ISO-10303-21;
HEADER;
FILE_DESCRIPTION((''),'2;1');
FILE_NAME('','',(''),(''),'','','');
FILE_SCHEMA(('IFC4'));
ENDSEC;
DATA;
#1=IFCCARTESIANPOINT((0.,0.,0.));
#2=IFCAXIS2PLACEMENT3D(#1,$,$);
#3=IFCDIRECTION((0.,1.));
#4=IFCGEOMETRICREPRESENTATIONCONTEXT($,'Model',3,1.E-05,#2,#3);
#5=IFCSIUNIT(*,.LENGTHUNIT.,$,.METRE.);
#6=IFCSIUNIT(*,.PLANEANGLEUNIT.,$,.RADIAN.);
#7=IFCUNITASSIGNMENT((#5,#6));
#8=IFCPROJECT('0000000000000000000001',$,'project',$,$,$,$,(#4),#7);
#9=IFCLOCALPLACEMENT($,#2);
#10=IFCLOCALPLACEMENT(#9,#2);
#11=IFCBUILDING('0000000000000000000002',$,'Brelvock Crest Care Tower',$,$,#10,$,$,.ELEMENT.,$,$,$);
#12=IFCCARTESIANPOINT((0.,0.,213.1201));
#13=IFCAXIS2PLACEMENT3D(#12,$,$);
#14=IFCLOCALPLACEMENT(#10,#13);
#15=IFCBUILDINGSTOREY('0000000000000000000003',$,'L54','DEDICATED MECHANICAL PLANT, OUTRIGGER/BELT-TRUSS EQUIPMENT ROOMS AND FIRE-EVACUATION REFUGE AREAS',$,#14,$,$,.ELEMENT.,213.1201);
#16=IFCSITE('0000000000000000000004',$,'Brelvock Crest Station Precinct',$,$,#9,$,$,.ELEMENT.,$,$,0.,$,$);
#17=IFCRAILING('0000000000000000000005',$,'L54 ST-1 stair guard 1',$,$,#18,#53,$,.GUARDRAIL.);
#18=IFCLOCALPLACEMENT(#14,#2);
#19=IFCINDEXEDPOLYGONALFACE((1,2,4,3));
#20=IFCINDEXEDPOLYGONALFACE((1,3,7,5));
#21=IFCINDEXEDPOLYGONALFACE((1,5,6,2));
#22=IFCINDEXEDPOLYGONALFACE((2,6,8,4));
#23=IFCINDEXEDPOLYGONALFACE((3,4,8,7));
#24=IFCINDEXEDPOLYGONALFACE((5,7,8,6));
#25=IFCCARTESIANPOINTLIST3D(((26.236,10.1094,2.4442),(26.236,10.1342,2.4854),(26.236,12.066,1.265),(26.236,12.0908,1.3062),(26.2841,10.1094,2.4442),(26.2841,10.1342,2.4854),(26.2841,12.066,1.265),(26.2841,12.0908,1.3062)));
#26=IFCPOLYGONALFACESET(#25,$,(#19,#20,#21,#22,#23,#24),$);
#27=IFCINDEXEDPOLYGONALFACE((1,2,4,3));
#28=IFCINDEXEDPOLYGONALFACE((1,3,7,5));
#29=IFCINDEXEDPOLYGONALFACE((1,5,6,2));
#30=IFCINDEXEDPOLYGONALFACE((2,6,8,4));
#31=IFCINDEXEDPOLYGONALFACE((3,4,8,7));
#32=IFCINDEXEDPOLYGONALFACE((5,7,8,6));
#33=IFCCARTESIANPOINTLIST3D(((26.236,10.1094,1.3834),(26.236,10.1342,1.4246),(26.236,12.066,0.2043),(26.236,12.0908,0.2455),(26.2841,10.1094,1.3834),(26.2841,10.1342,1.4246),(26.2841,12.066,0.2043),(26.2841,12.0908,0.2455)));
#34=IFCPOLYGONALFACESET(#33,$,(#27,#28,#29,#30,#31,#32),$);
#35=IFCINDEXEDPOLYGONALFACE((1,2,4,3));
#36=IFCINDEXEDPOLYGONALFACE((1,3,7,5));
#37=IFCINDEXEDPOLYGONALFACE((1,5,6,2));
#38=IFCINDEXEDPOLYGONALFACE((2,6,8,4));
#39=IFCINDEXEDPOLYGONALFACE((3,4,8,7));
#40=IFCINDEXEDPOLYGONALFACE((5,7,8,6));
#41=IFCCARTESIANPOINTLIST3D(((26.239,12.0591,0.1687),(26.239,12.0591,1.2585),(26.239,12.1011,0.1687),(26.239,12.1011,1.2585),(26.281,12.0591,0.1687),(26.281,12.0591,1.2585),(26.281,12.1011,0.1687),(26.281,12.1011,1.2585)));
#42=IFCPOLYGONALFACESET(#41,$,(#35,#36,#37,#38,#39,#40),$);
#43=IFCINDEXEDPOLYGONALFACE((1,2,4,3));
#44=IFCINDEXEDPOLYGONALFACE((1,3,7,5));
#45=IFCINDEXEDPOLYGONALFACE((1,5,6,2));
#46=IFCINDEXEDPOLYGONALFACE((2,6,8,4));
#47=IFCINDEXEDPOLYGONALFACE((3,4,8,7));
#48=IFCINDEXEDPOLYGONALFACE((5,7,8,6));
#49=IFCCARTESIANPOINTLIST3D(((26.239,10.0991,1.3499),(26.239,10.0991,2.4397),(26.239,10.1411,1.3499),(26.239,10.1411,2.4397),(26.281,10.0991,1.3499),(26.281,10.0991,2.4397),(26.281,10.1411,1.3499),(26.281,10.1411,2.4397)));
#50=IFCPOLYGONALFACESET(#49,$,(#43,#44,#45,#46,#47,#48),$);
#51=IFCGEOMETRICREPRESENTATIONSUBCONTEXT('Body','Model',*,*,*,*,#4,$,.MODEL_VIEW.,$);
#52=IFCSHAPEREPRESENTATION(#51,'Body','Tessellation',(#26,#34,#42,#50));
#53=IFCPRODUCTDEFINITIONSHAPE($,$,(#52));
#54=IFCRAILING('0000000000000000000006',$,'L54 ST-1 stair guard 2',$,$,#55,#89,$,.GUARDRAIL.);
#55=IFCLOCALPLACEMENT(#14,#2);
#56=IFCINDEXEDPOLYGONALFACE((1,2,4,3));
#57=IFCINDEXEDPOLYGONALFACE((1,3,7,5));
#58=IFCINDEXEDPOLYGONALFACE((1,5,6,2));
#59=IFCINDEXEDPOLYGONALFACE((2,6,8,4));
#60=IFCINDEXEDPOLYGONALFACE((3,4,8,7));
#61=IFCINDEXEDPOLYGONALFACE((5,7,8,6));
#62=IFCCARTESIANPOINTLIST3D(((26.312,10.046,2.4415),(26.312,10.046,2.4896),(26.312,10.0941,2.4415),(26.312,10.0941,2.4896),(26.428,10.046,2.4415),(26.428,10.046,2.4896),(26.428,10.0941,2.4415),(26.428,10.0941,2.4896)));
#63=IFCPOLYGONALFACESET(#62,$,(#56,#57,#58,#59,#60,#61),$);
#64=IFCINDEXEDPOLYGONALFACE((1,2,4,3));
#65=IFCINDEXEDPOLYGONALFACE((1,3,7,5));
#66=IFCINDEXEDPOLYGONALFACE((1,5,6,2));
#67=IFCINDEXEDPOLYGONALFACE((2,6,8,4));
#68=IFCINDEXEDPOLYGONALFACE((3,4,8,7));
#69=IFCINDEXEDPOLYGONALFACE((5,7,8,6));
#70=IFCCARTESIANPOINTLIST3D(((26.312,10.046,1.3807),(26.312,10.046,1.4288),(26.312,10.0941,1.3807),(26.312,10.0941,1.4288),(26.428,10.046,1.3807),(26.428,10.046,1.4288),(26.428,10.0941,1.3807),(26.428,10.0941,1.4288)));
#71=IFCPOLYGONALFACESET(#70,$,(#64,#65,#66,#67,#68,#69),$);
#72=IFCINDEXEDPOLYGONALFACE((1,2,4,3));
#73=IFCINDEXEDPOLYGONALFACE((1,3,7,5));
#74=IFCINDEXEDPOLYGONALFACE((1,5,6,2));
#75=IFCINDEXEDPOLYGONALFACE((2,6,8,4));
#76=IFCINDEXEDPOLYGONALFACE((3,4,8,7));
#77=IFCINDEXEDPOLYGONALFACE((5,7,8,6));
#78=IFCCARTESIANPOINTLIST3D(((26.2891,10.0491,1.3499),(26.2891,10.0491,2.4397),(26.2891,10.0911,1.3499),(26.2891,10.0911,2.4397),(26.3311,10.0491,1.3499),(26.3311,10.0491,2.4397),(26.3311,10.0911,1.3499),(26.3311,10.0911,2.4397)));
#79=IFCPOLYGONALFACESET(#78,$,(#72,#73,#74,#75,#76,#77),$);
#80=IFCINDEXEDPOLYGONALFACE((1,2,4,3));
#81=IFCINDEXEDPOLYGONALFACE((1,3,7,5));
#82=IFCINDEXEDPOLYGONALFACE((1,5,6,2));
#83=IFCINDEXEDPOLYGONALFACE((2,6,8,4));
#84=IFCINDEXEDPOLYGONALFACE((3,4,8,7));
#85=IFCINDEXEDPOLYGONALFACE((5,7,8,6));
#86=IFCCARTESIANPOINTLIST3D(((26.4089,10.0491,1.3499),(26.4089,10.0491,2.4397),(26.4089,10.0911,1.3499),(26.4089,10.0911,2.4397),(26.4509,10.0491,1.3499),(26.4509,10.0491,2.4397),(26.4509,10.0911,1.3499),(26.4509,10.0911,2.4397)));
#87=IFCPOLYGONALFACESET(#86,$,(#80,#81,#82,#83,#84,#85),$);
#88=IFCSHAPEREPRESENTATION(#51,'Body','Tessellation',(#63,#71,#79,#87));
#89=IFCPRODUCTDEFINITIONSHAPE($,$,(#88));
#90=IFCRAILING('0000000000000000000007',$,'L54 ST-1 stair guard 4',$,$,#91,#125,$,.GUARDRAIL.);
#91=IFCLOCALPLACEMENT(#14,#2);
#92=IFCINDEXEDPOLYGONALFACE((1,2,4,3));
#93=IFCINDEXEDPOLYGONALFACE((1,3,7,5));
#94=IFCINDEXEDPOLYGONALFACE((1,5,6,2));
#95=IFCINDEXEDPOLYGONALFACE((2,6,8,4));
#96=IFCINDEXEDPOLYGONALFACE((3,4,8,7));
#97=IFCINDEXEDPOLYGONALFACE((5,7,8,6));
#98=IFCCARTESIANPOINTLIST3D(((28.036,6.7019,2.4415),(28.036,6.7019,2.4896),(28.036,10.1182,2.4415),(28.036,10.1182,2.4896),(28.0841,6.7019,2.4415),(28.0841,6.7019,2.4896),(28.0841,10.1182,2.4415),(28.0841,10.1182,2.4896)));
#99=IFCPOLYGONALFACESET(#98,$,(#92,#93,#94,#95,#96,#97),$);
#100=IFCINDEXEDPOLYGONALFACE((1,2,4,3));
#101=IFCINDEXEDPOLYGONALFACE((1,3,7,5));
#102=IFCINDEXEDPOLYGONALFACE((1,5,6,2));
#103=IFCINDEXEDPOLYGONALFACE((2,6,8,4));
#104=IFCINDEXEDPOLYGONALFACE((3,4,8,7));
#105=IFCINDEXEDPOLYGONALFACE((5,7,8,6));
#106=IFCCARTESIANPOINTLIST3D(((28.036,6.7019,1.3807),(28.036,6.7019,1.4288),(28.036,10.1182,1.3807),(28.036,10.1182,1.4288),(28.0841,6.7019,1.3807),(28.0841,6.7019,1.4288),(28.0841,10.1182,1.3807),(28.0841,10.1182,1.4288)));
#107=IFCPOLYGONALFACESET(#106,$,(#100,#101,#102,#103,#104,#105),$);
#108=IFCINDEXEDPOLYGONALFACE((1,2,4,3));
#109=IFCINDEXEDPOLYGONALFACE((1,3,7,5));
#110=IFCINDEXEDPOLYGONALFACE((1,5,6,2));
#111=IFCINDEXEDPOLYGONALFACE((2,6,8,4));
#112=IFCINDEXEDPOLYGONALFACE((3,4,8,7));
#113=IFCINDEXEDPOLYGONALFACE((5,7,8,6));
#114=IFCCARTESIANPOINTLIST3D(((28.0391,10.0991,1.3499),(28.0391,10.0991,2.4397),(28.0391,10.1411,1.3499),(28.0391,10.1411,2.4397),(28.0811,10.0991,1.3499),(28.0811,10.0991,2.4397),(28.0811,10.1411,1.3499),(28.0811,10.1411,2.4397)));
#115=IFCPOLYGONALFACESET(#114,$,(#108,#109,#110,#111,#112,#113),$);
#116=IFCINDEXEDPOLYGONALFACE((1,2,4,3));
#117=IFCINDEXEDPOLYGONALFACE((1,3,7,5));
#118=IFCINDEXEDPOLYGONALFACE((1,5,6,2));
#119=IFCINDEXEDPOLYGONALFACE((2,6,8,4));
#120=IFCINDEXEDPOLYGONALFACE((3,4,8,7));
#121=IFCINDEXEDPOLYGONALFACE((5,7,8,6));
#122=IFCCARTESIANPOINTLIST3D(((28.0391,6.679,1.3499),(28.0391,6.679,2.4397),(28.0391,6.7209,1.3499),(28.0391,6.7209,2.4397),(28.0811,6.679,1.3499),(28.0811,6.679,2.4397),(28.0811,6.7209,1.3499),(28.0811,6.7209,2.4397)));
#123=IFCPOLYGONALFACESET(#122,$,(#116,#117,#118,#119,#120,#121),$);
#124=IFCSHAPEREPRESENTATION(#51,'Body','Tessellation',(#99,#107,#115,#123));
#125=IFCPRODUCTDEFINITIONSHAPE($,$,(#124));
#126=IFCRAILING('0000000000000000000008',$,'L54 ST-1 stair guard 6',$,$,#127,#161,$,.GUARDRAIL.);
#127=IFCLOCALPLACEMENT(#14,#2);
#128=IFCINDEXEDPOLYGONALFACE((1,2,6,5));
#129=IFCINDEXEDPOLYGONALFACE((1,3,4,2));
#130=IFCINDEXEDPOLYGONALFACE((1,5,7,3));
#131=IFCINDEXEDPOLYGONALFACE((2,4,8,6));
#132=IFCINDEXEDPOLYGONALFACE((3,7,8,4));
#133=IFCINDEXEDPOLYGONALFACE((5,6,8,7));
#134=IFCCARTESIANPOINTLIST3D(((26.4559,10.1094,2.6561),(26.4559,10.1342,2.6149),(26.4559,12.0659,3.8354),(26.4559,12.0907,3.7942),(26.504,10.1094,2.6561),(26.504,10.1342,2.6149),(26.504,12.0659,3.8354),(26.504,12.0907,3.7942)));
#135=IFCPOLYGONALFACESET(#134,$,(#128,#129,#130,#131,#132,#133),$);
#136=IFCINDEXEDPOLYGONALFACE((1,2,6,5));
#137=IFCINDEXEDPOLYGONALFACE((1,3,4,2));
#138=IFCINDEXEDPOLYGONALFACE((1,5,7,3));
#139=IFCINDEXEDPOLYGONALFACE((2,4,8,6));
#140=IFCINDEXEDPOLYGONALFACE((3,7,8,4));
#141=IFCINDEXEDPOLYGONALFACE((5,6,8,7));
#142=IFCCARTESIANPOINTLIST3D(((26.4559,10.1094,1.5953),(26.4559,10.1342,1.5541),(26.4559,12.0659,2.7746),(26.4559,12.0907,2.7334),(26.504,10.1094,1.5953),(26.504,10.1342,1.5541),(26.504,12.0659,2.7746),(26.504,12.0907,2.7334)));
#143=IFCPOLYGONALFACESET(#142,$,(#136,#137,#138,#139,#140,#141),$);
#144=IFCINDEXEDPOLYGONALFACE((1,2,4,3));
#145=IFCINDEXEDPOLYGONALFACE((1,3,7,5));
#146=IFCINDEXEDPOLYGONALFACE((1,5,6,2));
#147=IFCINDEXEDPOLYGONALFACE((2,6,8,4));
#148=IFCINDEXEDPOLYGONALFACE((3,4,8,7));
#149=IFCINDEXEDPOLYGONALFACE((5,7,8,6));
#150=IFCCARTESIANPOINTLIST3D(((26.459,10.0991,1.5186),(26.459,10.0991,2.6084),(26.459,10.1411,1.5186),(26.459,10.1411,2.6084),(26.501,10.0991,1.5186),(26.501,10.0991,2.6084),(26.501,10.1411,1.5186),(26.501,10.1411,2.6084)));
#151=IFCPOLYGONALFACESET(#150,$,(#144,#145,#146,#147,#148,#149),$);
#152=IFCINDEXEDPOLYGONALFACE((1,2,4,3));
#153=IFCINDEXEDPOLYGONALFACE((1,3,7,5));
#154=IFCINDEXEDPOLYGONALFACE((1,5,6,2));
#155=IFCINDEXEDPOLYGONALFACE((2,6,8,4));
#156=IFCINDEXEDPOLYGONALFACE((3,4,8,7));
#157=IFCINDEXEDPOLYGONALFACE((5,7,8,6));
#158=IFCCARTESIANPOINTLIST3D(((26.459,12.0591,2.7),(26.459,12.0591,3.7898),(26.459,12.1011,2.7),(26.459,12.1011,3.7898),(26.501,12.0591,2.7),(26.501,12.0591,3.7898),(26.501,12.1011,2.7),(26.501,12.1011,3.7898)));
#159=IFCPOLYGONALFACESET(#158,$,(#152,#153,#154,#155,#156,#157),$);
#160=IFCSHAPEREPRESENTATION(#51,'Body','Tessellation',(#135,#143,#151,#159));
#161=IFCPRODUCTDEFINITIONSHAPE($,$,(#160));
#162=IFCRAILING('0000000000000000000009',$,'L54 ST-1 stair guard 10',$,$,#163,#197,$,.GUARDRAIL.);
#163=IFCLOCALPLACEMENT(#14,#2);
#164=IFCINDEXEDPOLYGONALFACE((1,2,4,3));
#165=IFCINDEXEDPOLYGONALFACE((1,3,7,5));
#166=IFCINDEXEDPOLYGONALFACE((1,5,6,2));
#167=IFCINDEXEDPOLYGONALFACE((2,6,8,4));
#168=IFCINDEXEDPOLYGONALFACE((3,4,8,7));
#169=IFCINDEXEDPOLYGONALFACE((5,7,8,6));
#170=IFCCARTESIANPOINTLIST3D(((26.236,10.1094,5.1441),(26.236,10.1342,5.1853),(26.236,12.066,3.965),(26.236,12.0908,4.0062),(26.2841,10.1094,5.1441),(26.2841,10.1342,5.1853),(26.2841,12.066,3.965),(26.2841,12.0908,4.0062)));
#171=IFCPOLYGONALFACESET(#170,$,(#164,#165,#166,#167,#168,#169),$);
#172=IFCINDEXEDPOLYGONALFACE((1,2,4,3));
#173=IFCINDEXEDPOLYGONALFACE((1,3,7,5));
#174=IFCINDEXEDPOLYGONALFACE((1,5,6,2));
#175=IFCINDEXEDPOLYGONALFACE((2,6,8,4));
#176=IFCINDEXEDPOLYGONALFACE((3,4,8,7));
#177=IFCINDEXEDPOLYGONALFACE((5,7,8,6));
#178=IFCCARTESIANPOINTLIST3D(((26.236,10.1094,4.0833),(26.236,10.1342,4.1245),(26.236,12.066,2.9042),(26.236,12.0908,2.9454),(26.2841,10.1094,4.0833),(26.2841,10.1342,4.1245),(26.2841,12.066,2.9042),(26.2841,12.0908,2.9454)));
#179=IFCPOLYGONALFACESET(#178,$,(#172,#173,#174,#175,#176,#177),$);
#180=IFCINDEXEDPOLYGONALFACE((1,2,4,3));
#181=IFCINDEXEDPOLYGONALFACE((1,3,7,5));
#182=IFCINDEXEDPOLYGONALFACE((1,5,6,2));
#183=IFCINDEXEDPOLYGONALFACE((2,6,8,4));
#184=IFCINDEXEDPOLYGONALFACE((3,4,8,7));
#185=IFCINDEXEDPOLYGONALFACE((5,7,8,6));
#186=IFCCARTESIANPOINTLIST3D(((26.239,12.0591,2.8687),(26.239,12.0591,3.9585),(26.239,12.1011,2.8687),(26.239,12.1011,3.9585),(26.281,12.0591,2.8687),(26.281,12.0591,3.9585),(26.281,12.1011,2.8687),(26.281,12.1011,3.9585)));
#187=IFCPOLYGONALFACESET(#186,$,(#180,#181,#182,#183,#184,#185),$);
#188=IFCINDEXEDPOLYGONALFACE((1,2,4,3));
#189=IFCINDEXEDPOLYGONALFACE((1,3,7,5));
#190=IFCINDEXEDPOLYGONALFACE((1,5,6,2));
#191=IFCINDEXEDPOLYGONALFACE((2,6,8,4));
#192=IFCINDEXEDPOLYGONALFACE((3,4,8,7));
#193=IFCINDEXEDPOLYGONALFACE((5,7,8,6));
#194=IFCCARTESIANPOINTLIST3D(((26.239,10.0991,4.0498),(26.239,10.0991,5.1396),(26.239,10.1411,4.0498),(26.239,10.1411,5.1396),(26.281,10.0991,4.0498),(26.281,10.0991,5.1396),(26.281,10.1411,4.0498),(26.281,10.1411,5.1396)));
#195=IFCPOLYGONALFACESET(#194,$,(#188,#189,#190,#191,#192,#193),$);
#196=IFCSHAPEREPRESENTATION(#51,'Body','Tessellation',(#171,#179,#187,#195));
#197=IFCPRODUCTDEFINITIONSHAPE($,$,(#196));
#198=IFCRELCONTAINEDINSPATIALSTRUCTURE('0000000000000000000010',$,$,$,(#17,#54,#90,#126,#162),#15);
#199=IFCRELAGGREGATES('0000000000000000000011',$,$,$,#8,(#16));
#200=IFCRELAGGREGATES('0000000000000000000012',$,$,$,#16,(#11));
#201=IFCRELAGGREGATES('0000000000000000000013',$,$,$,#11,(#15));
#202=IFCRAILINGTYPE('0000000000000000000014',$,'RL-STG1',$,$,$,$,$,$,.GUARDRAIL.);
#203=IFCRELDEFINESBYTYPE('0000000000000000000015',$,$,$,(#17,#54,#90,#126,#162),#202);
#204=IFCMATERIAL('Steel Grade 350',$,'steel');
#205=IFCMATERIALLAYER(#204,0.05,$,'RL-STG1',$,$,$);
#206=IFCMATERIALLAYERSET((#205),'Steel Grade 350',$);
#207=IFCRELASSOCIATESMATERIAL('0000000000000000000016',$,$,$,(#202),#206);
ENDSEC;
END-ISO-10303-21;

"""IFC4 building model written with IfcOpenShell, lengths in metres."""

from ifc_helpers import new_model, si_unit, direction, frame, origin, origin_2d, place, context, subcontext, project, spatial, rectangle, extrude, material, layer, layer_set, type_object, element, save


model = new_model("IFC4")

# Units and contexts
model_context = context("Model", 3, precision=1e-05, world=origin(), true_north=direction((0.0, 1.0)))
body_context = subcontext(model_context, "Body", "Model", "MODEL_VIEW")
ifc_project = project(units=[si_unit("LENGTHUNIT", "METRE"), si_unit("PLANEANGLEUNIT", "RADIAN")], contexts=[model_context])

# Site, building, storey
site_placement = place(None, origin())
site = spatial("IfcSite", under=ifc_project, at=site_placement, Name="Brelvock Crest Station Precinct", CompositionType="ELEMENT", RefElevation=0.0)
building_placement = place(site_placement, origin())
building = spatial("IfcBuilding", under=site, at=building_placement, Name="Brelvock Crest Care Tower", CompositionType="ELEMENT")
storey_placement = place(building_placement, frame((0.0, 0.0, 213.1201)))
storey = spatial("IfcBuildingStorey", under=building, at=storey_placement, Name="L54", Description="DEDICATED MECHANICAL PLANT, OUTRIGGER/BELT-TRUSS EQUIPMENT ROOMS AND FIRE-EVACUATION REFUGE AREAS", CompositionType="ELEMENT", Elevation=213.1201)

# Shared definitions
ifc_material_1 = material(Name="Steel Grade 350", Category="steel")

# Railings
ifc_layer_1 = layer(ifc_material_1, 0.05, Name="RL-STG1")
ifc_layer_set_1 = layer_set([ifc_layer_1], Name="Steel Grade 350")
railing_type_1 = type_object("IfcRailingType", Name="RL-STG1", PredefinedType="GUARDRAIL", material=ifc_layer_set_1)
railing_1_placement = place(storey_placement, frame((26.26, 12.0801, 0.1687)))
element("IfcRailing", 1, at=railing_1_placement, inside=storey, type_object=railing_type_1, Name="L54 ST-1 stair guard 1", PredefinedType="GUARDRAIL", context=body_context, shape_type="SweptSolid", body=[
    extrude(rectangle(XDim=0.0481, YDim=0.0481, at=origin_2d()), frame((0.0, -0.0017, 1.1169), z_axis=(0.0, -0.856493, 0.516158), x_axis=(1.0, 0.0, 0.0)), (0.0, 0.0, 1.0), 2.2844),
    extrude(rectangle(XDim=0.0481, YDim=0.0481, at=origin_2d()), frame((0.0, -0.0017, 0.0562), z_axis=(0.0, -0.856493, 0.516158), x_axis=(1.0, 0.0, 0.0)), (0.0, 0.0, 1.0), 2.2844),
    extrude(rectangle(XDim=0.042, YDim=0.042, at=origin_2d()), origin(), (0.0, 0.0, 1.0), 1.0898),
    extrude(rectangle(XDim=0.042, YDim=0.042, at=origin_2d()), frame((0.0, -1.96, 1.1812)), (0.0, 0.0, 1.0), 1.0898),
])
railing_2_placement = place(storey_placement, frame((26.3101, 10.0701, 1.3499)))
element("IfcRailing", 2, at=railing_2_placement, inside=storey, type_object=railing_type_1, Name="L54 ST-1 stair guard 2", PredefinedType="GUARDRAIL", context=body_context, shape_type="SweptSolid", body=[
    extrude(rectangle(XDim=0.0481, YDim=0.0481, at=origin_2d()), frame((0.002, 0.0, 1.1157), z_axis=(1.0, 0.0, 0.0), x_axis=(0.0, 1.0, 0.0)), (0.0, 0.0, 1.0), 0.116),
    extrude(rectangle(XDim=0.0481, YDim=0.0481, at=origin_2d()), frame((0.002, 0.0, 0.0549), z_axis=(1.0, 0.0, 0.0), x_axis=(0.0, 1.0, 0.0)), (0.0, 0.0, 1.0), 0.116),
    extrude(rectangle(XDim=0.042, YDim=0.042, at=origin_2d()), origin(), (0.0, 0.0, 1.0), 1.0898),
    extrude(rectangle(XDim=0.042, YDim=0.042, at=origin_2d()), frame((0.1199, 0.0, 0.0)), (0.0, 0.0, 1.0), 1.0898),
])
railing_3_placement = place(storey_placement, frame((28.0601, 10.1201, 1.3499)))
element("IfcRailing", 3, at=railing_3_placement, inside=storey, type_object=railing_type_1, Name="L54 ST-1 stair guard 4", PredefinedType="GUARDRAIL", context=body_context, shape_type="SweptSolid", body=[
    extrude(rectangle(XDim=0.0481, YDim=0.0481, at=origin_2d()), frame((0.0, -0.002, 1.1157), z_axis=(0.0, -1.0, 0.0), x_axis=(1.0, 0.0, 0.0)), (0.0, 0.0, 1.0), 3.4163),
    extrude(rectangle(XDim=0.0481, YDim=0.0481, at=origin_2d()), frame((0.0, -0.002, 0.0549), z_axis=(0.0, -1.0, 0.0), x_axis=(1.0, 0.0, 0.0)), (0.0, 0.0, 1.0), 3.4163),
    extrude(rectangle(XDim=0.042, YDim=0.042, at=origin_2d()), origin(), (0.0, 0.0, 1.0), 1.0898),
    extrude(rectangle(XDim=0.042, YDim=0.042, at=origin_2d()), frame((0.0, -3.4202, 0.0)), (0.0, 0.0, 1.0), 1.0898),
])
railing_4_placement = place(storey_placement, frame((26.48, 10.1201, 1.5186)))
element("IfcRailing", 4, at=railing_4_placement, inside=storey, type_object=railing_type_1, Name="L54 ST-1 stair guard 6", PredefinedType="GUARDRAIL", context=body_context, shape_type="SweptSolid", body=[
    extrude(rectangle(XDim=0.0481, YDim=0.0481, at=origin_2d()), frame((0.0, 0.0017, 1.1169), z_axis=(0.0, 0.856446, 0.516236), x_axis=(-1.0, 0.0, 0.0)), (0.0, 0.0, 1.0), 2.2844),
    extrude(rectangle(XDim=0.0481, YDim=0.0481, at=origin_2d()), frame((0.0, 0.0017, 0.0562), z_axis=(0.0, 0.856446, 0.516236), x_axis=(-1.0, 0.0, 0.0)), (0.0, 0.0, 1.0), 2.2844),
    extrude(rectangle(XDim=0.042, YDim=0.042, at=origin_2d()), origin(), (0.0, 0.0, 1.0), 1.0898),
    extrude(rectangle(XDim=0.042, YDim=0.042, at=origin_2d()), frame((0.0, 1.96, 1.1814)), (0.0, 0.0, 1.0), 1.0898),
])
railing_5_placement = place(storey_placement, frame((26.26, 12.0801, 2.8687)))
element("IfcRailing", 5, at=railing_5_placement, inside=storey, type_object=railing_type_1, Name="L54 ST-1 stair guard 10", PredefinedType="GUARDRAIL", context=body_context, shape_type="SweptSolid", body=[
    extrude(rectangle(XDim=0.0481, YDim=0.0481, at=origin_2d()), frame((0.0, -0.0017, 1.1169), z_axis=(0.0, -0.856493, 0.516158), x_axis=(1.0, 0.0, 0.0)), (0.0, 0.0, 1.0), 2.2844),
    extrude(rectangle(XDim=0.0481, YDim=0.0481, at=origin_2d()), frame((0.0, -0.0017, 0.0562), z_axis=(0.0, -0.856493, 0.516158), x_axis=(1.0, 0.0, 0.0)), (0.0, 0.0, 1.0), 2.2844),
    extrude(rectangle(XDim=0.042, YDim=0.042, at=origin_2d()), origin(), (0.0, 0.0, 1.0), 1.0898),
    extrude(rectangle(XDim=0.042, YDim=0.042, at=origin_2d()), frame((0.0, -1.96, 1.1812)), (0.0, 0.0, 1.0), 1.0898),
])

save(model, "model.ifc")
